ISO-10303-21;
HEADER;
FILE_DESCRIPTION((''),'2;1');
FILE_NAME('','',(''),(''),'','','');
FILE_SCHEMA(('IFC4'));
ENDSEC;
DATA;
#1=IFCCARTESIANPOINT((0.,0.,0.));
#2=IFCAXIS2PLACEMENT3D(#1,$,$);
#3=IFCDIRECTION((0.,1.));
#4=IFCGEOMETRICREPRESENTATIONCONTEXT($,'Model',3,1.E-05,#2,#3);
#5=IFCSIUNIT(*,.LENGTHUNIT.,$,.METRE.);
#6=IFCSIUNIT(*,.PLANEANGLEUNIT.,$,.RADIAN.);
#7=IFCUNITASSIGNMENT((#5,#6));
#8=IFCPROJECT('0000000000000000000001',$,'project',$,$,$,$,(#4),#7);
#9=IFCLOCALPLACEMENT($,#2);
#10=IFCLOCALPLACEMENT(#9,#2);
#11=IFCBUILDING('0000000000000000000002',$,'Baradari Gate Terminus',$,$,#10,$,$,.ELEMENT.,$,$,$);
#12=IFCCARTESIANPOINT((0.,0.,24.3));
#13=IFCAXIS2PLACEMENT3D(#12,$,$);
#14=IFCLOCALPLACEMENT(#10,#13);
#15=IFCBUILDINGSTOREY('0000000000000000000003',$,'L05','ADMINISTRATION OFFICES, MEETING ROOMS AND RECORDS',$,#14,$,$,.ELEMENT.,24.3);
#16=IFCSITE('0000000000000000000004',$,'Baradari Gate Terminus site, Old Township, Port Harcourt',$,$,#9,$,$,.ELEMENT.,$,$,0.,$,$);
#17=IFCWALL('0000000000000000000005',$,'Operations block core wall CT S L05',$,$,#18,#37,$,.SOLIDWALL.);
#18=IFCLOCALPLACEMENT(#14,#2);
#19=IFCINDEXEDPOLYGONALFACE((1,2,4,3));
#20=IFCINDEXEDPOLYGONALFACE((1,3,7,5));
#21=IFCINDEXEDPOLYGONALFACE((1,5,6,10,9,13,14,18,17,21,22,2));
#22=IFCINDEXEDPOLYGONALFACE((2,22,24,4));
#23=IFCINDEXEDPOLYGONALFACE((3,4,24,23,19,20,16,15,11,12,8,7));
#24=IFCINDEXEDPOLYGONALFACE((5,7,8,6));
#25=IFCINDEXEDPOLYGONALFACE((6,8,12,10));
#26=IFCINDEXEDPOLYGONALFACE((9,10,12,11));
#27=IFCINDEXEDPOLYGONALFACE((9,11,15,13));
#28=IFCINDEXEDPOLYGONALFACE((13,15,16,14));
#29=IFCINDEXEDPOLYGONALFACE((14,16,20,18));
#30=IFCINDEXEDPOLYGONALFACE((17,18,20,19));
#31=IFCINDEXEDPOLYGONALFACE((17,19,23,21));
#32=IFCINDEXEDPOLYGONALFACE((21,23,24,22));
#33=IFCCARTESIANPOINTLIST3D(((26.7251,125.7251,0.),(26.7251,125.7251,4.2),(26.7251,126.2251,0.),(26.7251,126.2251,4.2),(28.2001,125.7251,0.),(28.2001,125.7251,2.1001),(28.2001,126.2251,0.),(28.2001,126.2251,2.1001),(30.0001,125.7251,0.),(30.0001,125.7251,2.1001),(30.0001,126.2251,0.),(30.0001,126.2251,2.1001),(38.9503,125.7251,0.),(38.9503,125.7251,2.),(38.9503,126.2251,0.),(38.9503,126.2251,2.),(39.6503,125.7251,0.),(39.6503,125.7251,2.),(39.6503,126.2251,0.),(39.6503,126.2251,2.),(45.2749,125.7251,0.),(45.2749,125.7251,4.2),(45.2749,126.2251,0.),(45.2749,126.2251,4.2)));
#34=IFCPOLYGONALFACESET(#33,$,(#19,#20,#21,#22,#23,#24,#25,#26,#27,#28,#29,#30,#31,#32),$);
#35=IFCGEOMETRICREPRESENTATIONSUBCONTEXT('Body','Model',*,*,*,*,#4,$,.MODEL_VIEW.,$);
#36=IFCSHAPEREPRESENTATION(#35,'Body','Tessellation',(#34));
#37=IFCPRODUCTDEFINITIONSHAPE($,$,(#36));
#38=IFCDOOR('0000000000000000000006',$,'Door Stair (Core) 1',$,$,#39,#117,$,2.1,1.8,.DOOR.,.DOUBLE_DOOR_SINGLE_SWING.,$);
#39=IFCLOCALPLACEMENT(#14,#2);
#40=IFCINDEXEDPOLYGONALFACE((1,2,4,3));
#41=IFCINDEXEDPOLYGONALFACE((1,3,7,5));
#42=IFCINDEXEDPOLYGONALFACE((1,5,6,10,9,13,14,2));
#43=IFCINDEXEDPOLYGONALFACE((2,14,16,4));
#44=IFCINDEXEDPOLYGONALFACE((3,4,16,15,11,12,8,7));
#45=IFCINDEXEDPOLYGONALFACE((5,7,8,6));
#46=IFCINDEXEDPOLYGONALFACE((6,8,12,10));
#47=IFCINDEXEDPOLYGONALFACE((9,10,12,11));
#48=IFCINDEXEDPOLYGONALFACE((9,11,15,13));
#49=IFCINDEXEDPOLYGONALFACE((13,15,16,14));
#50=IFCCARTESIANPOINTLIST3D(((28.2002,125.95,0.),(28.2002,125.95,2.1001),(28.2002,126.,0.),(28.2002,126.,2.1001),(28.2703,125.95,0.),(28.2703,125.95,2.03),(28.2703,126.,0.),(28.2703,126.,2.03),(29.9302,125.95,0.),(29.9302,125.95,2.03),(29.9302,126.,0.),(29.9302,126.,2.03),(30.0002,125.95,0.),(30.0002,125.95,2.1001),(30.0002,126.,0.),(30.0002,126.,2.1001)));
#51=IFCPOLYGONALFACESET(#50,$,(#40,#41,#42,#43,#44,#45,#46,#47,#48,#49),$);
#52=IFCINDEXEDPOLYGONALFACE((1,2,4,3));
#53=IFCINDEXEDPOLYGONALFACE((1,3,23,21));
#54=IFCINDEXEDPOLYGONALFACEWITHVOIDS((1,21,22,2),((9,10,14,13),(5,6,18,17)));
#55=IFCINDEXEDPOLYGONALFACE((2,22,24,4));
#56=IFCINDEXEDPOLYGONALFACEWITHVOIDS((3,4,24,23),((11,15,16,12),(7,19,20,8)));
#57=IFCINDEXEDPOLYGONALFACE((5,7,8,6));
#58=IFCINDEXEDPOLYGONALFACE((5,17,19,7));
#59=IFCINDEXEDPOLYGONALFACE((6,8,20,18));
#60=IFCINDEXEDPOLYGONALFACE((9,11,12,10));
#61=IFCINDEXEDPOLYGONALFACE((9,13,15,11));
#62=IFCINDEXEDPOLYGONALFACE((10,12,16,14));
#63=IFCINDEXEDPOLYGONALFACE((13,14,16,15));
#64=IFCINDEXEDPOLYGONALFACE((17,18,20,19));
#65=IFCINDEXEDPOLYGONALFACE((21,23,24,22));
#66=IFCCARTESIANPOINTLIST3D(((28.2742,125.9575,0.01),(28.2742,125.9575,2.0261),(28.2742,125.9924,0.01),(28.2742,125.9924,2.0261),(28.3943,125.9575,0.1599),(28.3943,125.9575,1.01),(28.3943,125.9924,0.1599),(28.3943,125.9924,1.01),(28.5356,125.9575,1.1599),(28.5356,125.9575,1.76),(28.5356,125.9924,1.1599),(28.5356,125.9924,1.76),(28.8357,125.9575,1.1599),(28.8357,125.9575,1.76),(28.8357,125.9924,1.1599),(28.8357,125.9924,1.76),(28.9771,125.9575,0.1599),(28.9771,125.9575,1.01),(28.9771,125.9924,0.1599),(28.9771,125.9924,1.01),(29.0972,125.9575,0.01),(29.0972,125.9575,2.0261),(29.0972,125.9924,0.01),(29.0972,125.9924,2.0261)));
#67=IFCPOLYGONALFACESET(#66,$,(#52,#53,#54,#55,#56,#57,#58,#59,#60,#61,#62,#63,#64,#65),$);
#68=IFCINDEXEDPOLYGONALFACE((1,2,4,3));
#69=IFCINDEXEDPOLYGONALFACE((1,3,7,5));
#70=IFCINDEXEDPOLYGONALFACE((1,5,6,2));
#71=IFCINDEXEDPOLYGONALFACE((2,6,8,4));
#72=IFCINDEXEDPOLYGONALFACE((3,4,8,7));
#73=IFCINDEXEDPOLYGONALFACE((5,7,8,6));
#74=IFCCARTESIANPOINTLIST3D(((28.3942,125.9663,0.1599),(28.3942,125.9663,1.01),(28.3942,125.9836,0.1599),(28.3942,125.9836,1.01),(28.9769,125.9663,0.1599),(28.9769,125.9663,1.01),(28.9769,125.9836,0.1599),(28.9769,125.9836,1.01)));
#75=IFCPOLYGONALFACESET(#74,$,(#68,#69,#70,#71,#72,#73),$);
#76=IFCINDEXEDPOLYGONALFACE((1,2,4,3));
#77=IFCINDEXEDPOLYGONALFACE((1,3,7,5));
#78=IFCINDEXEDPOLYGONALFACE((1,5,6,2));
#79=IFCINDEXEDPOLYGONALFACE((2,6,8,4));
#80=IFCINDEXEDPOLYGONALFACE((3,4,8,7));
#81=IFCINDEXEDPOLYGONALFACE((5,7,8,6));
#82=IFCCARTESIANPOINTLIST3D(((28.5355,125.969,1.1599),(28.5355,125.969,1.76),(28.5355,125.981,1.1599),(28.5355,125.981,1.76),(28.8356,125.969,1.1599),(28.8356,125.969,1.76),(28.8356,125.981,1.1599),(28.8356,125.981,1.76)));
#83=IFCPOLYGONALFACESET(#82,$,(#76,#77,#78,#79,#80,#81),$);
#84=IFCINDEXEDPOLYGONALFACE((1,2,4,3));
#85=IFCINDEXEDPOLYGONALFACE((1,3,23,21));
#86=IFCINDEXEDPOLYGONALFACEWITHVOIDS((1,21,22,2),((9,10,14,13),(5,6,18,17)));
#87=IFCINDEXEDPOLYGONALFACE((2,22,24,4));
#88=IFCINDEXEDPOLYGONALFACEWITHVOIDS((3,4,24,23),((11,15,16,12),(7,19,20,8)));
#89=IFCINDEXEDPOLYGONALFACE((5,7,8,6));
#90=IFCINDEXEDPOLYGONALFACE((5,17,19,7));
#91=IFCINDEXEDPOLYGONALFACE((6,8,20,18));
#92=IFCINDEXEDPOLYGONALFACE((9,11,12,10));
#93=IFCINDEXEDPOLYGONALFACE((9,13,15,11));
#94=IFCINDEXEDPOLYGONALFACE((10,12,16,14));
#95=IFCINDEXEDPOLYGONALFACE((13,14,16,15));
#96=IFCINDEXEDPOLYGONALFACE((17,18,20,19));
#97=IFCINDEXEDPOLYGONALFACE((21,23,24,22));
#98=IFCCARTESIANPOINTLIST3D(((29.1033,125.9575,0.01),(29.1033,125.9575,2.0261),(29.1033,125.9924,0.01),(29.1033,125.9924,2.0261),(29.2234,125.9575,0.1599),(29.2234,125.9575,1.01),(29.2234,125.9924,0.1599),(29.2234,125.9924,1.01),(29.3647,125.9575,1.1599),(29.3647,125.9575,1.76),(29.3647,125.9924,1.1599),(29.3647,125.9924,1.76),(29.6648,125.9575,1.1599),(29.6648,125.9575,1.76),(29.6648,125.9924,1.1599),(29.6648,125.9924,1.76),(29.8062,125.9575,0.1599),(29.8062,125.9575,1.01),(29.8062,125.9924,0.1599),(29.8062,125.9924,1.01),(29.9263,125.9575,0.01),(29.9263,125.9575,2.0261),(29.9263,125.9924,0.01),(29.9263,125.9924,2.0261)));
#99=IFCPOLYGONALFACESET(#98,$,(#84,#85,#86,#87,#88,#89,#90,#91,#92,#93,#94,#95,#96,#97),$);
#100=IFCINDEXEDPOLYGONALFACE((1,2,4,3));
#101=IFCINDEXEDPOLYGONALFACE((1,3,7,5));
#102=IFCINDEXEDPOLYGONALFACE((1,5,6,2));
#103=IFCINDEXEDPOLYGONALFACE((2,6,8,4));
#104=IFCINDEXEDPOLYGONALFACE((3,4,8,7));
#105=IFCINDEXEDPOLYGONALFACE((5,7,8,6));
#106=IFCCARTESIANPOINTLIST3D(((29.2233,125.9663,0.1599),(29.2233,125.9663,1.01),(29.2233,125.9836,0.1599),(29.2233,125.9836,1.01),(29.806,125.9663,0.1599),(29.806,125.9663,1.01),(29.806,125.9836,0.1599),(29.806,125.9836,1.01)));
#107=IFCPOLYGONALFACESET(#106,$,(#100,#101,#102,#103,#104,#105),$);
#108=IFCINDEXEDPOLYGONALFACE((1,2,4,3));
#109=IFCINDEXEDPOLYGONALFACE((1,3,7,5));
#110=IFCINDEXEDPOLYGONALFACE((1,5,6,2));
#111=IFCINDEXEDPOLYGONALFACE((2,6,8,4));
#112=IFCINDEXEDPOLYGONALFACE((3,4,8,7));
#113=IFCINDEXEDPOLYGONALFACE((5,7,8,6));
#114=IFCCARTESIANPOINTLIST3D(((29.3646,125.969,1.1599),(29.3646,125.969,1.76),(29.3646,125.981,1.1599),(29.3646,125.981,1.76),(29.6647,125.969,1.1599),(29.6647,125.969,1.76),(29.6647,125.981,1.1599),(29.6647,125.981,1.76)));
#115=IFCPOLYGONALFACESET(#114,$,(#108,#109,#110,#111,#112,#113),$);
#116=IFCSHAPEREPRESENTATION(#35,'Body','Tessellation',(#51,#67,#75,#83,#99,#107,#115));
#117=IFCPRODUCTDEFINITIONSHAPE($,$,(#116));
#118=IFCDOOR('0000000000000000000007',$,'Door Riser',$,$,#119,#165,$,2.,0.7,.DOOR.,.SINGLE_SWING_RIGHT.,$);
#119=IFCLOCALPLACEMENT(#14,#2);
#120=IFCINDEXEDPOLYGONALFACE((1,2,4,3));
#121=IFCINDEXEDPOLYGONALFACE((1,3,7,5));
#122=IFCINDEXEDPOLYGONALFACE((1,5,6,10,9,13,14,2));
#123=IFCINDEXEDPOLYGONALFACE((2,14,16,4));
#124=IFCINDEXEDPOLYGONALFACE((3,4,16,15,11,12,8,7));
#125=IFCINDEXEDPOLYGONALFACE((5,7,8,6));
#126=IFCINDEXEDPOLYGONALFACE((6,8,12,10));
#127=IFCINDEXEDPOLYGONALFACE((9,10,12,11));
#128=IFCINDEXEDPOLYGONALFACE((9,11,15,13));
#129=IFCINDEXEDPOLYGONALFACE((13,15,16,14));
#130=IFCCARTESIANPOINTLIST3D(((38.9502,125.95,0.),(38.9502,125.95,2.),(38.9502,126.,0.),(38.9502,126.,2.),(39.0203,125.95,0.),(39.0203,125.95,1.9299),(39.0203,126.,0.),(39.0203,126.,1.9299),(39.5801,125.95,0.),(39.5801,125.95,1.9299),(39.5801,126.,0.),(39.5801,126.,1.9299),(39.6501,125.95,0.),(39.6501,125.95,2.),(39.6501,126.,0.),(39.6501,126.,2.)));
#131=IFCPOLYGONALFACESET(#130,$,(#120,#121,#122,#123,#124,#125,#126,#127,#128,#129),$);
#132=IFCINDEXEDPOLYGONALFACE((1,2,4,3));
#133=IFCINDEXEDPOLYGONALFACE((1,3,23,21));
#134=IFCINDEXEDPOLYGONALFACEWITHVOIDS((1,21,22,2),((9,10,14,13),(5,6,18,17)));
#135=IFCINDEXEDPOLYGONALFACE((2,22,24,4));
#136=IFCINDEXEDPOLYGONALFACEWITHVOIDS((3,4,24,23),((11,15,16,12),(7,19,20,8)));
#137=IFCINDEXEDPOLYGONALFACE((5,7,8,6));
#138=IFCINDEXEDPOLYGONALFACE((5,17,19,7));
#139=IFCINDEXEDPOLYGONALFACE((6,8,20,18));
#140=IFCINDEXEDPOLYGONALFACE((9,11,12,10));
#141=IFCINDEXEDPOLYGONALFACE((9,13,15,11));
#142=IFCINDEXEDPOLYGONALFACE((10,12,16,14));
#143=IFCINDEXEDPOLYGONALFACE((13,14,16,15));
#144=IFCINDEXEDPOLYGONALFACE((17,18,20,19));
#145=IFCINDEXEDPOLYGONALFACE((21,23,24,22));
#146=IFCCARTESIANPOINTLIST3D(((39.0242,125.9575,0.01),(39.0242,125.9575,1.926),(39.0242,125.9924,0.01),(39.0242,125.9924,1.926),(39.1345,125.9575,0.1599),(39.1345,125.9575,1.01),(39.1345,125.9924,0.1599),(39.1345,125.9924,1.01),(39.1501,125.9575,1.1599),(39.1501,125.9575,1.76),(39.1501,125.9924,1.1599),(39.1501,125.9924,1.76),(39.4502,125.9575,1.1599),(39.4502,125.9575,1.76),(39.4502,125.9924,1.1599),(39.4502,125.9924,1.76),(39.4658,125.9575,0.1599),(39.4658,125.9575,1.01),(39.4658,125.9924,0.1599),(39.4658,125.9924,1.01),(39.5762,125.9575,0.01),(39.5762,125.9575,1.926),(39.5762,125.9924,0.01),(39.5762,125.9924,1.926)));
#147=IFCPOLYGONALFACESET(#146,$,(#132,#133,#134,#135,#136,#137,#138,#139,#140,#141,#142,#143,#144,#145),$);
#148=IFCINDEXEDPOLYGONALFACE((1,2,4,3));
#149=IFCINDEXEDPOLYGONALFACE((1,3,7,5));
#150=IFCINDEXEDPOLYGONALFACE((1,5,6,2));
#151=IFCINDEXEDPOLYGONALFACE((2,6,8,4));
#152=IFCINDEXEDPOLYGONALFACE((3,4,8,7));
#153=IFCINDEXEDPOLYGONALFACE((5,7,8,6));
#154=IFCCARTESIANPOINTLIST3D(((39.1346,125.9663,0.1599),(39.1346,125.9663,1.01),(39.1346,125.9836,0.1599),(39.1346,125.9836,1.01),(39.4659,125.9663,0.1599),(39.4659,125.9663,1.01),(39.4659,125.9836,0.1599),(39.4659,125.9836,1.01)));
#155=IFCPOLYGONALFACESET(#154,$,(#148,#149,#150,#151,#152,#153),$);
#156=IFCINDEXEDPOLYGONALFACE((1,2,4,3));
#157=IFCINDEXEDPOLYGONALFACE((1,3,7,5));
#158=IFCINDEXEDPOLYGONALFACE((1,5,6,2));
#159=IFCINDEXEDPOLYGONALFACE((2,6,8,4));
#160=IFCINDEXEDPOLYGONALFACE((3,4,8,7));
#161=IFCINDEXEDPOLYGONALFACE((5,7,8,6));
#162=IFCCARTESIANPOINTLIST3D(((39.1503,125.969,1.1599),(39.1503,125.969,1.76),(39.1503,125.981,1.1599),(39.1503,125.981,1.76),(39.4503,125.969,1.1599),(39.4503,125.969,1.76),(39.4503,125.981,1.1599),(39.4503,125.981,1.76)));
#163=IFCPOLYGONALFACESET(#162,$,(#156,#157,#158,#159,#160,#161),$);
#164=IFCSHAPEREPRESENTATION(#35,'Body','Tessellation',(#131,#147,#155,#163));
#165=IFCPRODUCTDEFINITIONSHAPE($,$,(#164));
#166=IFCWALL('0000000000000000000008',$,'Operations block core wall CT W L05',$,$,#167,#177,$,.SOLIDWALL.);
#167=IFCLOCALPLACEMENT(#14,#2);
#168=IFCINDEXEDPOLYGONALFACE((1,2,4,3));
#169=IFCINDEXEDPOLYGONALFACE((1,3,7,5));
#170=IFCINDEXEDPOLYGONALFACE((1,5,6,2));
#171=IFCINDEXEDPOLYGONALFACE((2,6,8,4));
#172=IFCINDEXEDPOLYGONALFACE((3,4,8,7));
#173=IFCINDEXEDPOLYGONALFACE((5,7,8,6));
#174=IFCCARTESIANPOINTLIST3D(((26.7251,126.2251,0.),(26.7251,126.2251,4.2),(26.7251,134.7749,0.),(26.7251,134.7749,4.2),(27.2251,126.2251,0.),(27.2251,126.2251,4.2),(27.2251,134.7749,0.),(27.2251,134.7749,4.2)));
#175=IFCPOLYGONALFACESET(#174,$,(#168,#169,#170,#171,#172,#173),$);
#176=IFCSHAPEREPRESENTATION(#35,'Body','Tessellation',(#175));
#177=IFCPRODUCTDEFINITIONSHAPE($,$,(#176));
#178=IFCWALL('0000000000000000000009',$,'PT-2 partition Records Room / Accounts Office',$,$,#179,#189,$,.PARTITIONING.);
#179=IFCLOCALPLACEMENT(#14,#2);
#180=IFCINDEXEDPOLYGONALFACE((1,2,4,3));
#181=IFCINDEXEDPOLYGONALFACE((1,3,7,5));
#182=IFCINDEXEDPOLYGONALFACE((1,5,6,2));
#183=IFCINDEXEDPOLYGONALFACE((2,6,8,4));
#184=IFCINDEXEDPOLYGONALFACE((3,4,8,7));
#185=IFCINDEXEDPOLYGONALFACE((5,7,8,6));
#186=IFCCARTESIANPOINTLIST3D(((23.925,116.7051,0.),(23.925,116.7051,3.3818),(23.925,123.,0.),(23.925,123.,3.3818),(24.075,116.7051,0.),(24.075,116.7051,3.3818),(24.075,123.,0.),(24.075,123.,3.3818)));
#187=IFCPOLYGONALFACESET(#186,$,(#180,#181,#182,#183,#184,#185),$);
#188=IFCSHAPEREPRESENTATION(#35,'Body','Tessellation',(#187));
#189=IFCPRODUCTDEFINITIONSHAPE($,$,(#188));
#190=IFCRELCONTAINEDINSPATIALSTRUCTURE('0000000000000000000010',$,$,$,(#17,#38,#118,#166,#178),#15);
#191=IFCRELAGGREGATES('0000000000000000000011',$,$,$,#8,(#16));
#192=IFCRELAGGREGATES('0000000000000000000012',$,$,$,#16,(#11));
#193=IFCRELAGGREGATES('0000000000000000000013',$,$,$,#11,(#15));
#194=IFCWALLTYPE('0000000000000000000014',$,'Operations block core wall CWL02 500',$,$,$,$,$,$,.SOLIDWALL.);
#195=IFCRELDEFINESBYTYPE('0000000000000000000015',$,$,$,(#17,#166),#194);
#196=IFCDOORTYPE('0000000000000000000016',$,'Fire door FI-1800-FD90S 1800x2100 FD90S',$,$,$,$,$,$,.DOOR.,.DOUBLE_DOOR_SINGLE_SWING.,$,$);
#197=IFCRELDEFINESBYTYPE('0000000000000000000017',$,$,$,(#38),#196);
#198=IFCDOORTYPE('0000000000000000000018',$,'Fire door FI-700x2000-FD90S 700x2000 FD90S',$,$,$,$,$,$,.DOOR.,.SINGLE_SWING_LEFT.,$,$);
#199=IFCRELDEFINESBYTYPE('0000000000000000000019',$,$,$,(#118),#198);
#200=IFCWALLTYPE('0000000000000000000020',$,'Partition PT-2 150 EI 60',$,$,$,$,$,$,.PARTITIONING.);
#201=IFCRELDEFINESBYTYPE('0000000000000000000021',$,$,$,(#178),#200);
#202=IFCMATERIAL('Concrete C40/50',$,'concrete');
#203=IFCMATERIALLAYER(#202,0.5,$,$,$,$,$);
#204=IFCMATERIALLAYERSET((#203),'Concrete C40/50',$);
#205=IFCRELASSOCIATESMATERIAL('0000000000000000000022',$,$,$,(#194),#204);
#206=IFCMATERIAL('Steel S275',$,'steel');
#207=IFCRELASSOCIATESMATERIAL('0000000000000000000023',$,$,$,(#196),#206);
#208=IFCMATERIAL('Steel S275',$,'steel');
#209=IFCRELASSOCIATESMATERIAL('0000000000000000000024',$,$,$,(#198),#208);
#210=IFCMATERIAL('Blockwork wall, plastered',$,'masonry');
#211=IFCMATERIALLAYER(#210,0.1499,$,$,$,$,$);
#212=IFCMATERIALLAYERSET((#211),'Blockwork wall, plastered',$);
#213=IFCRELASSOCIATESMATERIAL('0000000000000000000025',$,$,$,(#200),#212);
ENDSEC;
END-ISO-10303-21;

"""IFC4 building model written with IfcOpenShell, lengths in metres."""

from ifc_helpers import new_model, si_unit, direction, frame, frame_2d, origin, place, context, subcontext, project, spatial, polyline, rectangle, outline, extrude, material, layer, layer_set, type_object, element, fill, save


model = new_model("IFC4")

# Units and contexts
model_context = context("Model", 3, precision=1e-05, world=origin(), true_north=direction((0.0, 1.0)))
body_context = subcontext(model_context, "Body", "Model", "MODEL_VIEW")
ifc_project = project(units=[si_unit("LENGTHUNIT", "METRE"), si_unit("PLANEANGLEUNIT", "RADIAN")], contexts=[model_context])

# Site, building, storey
site_placement = place(None, origin())
site = spatial("IfcSite", under=ifc_project, at=site_placement, Name="Baradari Gate Terminus site, Old Township, Port Harcourt", CompositionType="ELEMENT", RefElevation=0.0)
building_placement = place(site_placement, origin())
building = spatial("IfcBuilding", under=site, at=building_placement, Name="Baradari Gate Terminus", CompositionType="ELEMENT")
storey_placement = place(building_placement, frame((0.0, 0.0, 24.3)))
storey = spatial("IfcBuildingStorey", under=building, at=storey_placement, Name="L05", Description="ADMINISTRATION OFFICES, MEETING ROOMS AND RECORDS", CompositionType="ELEMENT", Elevation=24.3)

# Wall, openings, doors
ifc_material_1 = material(Name="Concrete C40/50", Category="concrete")
ifc_layer_1 = layer(ifc_material_1, 0.5)
ifc_layer_set_1 = layer_set([ifc_layer_1], Name="Concrete C40/50")
wall_type_1 = type_object("IfcWallType", Name="Operations block core wall CWL02 500", PredefinedType="SOLIDWALL", material=ifc_layer_set_1)
wall_1_placement = place(storey_placement, frame((26.7251, 125.9751, 0.0), z_axis=(0.0, 0.0, 1.0), x_axis=(1.0, 0.0, 0.0)))
wall_1 = element("IfcWall", 1, at=wall_1_placement, inside=storey, type_object=wall_type_1, Name="Operations block core wall CT S L05", PredefinedType="SOLIDWALL", context=body_context, shape_type="SweptSolid", body=[
    extrude(rectangle(XDim=18.5498, YDim=0.5, at=frame_2d((9.2749, 0.0))), origin(), (0.0, 0.0, 1.0), 4.2),
])
opening_1_placement = place(wall_1_placement, frame((1.4751, 0.0, 0.0)))
opening_1 = element("IfcOpeningElement", 2, at=opening_1_placement, cuts=wall_1, PredefinedType="OPENING", context=body_context, shape_type="SweptSolid", body=[
    extrude(rectangle(XDim=1.8, YDim=2.1001, at=frame_2d((0.8999, 1.05))), frame((0.0, 0.26, 0.0), z_axis=(0.0, -1.0, 0.0), x_axis=(1.0, 0.0, 0.0)), (0.0, 0.0, 1.0), 0.52),
])
opening_2_placement = place(wall_1_placement, frame((12.2251, 0.0, 0.0)))
opening_2 = element("IfcOpeningElement", 3, at=opening_2_placement, cuts=wall_1, PredefinedType="OPENING", context=body_context, shape_type="SweptSolid", body=[
    extrude(rectangle(XDim=0.7, YDim=2.0, at=frame_2d((0.3501, 1.0))), frame((0.0, 0.26, 0.0), z_axis=(0.0, -1.0, 0.0), x_axis=(1.0, 0.0, 0.0)), (0.0, 0.0, 1.0), 0.52),
])
ifc_material_2 = material(Name="Steel S275", Category="steel")
door_type_1 = type_object("IfcDoorType", Name="Fire door FI-1800-FD90S 1800x2100 FD90S", OperationType="DOUBLE_DOOR_SINGLE_SWING", PredefinedType="DOOR", material=ifc_material_2)
door_1_placement = place(opening_1_placement, origin())
door_1 = element("IfcDoor", 4, at=door_1_placement, inside=storey, type_object=door_type_1, Name="Door Stair (Core) 1", OperationType="DOUBLE_DOOR_SINGLE_SWING", OverallHeight=2.1, OverallWidth=1.8, PredefinedType="DOOR", context=body_context, shape_type="SweptSolid", body=[
    extrude(outline(polyline([(0.0, 0.0), (0.0701, 0.0), (0.0701, 2.03), (1.73, 2.03), (1.73, 0.0), (1.8, 0.0), (1.8, 2.1001), (0.0, 2.1001), (0.0, 0.0)])), frame((0.0, 0.0249, 0.0), z_axis=(0.0, -1.0, 0.0), x_axis=(1.0, 0.0, 0.0)), (0.0, 0.0, 1.0), 0.05),
    extrude(outline(polyline([(0.074, 0.01), (0.897, 0.01), (0.897, 2.0261), (0.074, 2.0261), (0.074, 0.01)]), holes=[polyline([(0.1941, 0.1599), (0.7769, 0.1599), (0.7769, 1.01), (0.1941, 1.01), (0.1941, 0.1599)]), polyline([(0.3354, 1.1599), (0.6355, 1.1599), (0.6355, 1.76), (0.3354, 1.76), (0.3354, 1.1599)])]), frame((0.0, 0.0173, 0.0), z_axis=(0.0, -1.0, 0.0), x_axis=(1.0, 0.0, 0.0)), (0.0, 0.0, 1.0), 0.0349),
    extrude(rectangle(XDim=0.5828, YDim=0.8501, at=frame_2d((0.4854, 0.585))), frame((0.0, 0.0085, 0.0), z_axis=(0.0, -1.0, 0.0), x_axis=(1.0, 0.0, 0.0)), (0.0, 0.0, 1.0), 0.0173),
    extrude(rectangle(XDim=0.3, YDim=0.6001, at=frame_2d((0.4854, 1.46))), frame((0.0, 0.0059, 0.0), z_axis=(0.0, -1.0, 0.0), x_axis=(1.0, 0.0, 0.0)), (0.0, 0.0, 1.0), 0.012),
    extrude(outline(polyline([(0.9031, 0.01), (1.7261, 0.01), (1.7261, 2.0261), (0.9031, 2.0261), (0.9031, 0.01)]), holes=[polyline([(1.0232, 0.1599), (1.606, 0.1599), (1.606, 1.01), (1.0232, 1.01), (1.0232, 0.1599)]), polyline([(1.1646, 1.1599), (1.4646, 1.1599), (1.4646, 1.76), (1.1646, 1.76), (1.1646, 1.1599)])]), frame((0.0, 0.0173, 0.0), z_axis=(0.0, -1.0, 0.0), x_axis=(1.0, 0.0, 0.0)), (0.0, 0.0, 1.0), 0.0349),
    extrude(rectangle(XDim=0.5828, YDim=0.8501, at=frame_2d((1.3145, 0.585))), frame((0.0, 0.0085, 0.0), z_axis=(0.0, -1.0, 0.0), x_axis=(1.0, 0.0, 0.0)), (0.0, 0.0, 1.0), 0.0173),
    extrude(rectangle(XDim=0.3, YDim=0.6001, at=frame_2d((1.3145, 1.46))), frame((0.0, 0.0059, 0.0), z_axis=(0.0, -1.0, 0.0), x_axis=(1.0, 0.0, 0.0)), (0.0, 0.0, 1.0), 0.012),
])
fill(opening_1, door_1)
ifc_material_3 = material(Name="Steel S275", Category="steel")
door_type_2 = type_object("IfcDoorType", Name="Fire door FI-700x2000-FD90S 700x2000 FD90S", OperationType="SINGLE_SWING_LEFT", PredefinedType="DOOR", material=ifc_material_3)
door_2_placement = place(opening_2_placement, origin())
door_2 = element("IfcDoor", 5, at=door_2_placement, inside=storey, type_object=door_type_2, Name="Door Riser", OperationType="SINGLE_SWING_RIGHT", OverallHeight=2.0, OverallWidth=0.7, PredefinedType="DOOR", context=body_context, shape_type="SweptSolid", body=[
    extrude(outline(polyline([(0.0, 0.0), (0.0701, 0.0), (0.0701, 1.9299), (0.6299, 1.9299), (0.6299, 0.0), (0.7, 0.0), (0.7, 2.0), (0.0, 2.0), (0.0, 0.0)])), frame((0.0, 0.0249, 0.0), z_axis=(0.0, -1.0, 0.0), x_axis=(1.0, 0.0, 0.0)), (0.0, 0.0, 1.0), 0.05),
    extrude(outline(polyline([(0.074, 0.01), (0.626, 0.01), (0.626, 1.926), (0.074, 1.926), (0.074, 0.01)]), holes=[polyline([(0.1843, 0.1599), (0.5156, 0.1599), (0.5156, 1.01), (0.1843, 1.01), (0.1843, 0.1599)]), polyline([(0.2, 1.1599), (0.5, 1.1599), (0.5, 1.76), (0.2, 1.76), (0.2, 1.1599)])]), frame((0.0, 0.0173, 0.0), z_axis=(0.0, -1.0, 0.0), x_axis=(1.0, 0.0, 0.0)), (0.0, 0.0, 1.0), 0.0349),
    extrude(rectangle(XDim=0.3313, YDim=0.8501, at=frame_2d((0.3501, 0.585))), frame((0.0, 0.0085, 0.0), z_axis=(0.0, -1.0, 0.0), x_axis=(1.0, 0.0, 0.0)), (0.0, 0.0, 1.0), 0.0173),
    extrude(rectangle(XDim=0.3, YDim=0.6001, at=frame_2d((0.3501, 1.46))), frame((0.0, 0.0059, 0.0), z_axis=(0.0, -1.0, 0.0), x_axis=(1.0, 0.0, 0.0)), (0.0, 0.0, 1.0), 0.012),
])
fill(opening_2, door_2)

# Walls
wall_2_placement = place(storey_placement, frame((26.9751, 126.2251, 0.0), z_axis=(0.0, 0.0, 1.0), x_axis=(0.0, 1.0, 0.0)))
element("IfcWall", 6, at=wall_2_placement, inside=storey, type_object=wall_type_1, Name="Operations block core wall CT W L05", PredefinedType="SOLIDWALL", context=body_context, shape_type="SweptSolid", body=[
    extrude(rectangle(XDim=8.5498, YDim=0.5, at=frame_2d((4.2749, 0.0))), origin(), (0.0, 0.0, 1.0), 4.2),
])
ifc_material_4 = material(Name="Blockwork wall, plastered", Category="masonry")
ifc_layer_2 = layer(ifc_material_4, 0.1499)
ifc_layer_set_2 = layer_set([ifc_layer_2], Name="Blockwork wall, plastered")
wall_type_2 = type_object("IfcWallType", Name="Partition PT-2 150 EI 60", PredefinedType="PARTITIONING", material=ifc_layer_set_2)
wall_3_placement = place(storey_placement, frame((24.0, 123.0, 0.0), z_axis=(0.0, 0.0, 1.0), x_axis=(0.0, -1.0, 0.0)))
element("IfcWall", 7, at=wall_3_placement, inside=storey, type_object=wall_type_2, Name="PT-2 partition Records Room / Accounts Office", PredefinedType="PARTITIONING", context=body_context, shape_type="SweptSolid", body=[
    extrude(rectangle(XDim=6.2949, YDim=0.1499, at=frame_2d((3.1475, 0.0))), origin(), (0.0, 0.0, 1.0), 3.3818),
])

save(model, "model.ifc")
